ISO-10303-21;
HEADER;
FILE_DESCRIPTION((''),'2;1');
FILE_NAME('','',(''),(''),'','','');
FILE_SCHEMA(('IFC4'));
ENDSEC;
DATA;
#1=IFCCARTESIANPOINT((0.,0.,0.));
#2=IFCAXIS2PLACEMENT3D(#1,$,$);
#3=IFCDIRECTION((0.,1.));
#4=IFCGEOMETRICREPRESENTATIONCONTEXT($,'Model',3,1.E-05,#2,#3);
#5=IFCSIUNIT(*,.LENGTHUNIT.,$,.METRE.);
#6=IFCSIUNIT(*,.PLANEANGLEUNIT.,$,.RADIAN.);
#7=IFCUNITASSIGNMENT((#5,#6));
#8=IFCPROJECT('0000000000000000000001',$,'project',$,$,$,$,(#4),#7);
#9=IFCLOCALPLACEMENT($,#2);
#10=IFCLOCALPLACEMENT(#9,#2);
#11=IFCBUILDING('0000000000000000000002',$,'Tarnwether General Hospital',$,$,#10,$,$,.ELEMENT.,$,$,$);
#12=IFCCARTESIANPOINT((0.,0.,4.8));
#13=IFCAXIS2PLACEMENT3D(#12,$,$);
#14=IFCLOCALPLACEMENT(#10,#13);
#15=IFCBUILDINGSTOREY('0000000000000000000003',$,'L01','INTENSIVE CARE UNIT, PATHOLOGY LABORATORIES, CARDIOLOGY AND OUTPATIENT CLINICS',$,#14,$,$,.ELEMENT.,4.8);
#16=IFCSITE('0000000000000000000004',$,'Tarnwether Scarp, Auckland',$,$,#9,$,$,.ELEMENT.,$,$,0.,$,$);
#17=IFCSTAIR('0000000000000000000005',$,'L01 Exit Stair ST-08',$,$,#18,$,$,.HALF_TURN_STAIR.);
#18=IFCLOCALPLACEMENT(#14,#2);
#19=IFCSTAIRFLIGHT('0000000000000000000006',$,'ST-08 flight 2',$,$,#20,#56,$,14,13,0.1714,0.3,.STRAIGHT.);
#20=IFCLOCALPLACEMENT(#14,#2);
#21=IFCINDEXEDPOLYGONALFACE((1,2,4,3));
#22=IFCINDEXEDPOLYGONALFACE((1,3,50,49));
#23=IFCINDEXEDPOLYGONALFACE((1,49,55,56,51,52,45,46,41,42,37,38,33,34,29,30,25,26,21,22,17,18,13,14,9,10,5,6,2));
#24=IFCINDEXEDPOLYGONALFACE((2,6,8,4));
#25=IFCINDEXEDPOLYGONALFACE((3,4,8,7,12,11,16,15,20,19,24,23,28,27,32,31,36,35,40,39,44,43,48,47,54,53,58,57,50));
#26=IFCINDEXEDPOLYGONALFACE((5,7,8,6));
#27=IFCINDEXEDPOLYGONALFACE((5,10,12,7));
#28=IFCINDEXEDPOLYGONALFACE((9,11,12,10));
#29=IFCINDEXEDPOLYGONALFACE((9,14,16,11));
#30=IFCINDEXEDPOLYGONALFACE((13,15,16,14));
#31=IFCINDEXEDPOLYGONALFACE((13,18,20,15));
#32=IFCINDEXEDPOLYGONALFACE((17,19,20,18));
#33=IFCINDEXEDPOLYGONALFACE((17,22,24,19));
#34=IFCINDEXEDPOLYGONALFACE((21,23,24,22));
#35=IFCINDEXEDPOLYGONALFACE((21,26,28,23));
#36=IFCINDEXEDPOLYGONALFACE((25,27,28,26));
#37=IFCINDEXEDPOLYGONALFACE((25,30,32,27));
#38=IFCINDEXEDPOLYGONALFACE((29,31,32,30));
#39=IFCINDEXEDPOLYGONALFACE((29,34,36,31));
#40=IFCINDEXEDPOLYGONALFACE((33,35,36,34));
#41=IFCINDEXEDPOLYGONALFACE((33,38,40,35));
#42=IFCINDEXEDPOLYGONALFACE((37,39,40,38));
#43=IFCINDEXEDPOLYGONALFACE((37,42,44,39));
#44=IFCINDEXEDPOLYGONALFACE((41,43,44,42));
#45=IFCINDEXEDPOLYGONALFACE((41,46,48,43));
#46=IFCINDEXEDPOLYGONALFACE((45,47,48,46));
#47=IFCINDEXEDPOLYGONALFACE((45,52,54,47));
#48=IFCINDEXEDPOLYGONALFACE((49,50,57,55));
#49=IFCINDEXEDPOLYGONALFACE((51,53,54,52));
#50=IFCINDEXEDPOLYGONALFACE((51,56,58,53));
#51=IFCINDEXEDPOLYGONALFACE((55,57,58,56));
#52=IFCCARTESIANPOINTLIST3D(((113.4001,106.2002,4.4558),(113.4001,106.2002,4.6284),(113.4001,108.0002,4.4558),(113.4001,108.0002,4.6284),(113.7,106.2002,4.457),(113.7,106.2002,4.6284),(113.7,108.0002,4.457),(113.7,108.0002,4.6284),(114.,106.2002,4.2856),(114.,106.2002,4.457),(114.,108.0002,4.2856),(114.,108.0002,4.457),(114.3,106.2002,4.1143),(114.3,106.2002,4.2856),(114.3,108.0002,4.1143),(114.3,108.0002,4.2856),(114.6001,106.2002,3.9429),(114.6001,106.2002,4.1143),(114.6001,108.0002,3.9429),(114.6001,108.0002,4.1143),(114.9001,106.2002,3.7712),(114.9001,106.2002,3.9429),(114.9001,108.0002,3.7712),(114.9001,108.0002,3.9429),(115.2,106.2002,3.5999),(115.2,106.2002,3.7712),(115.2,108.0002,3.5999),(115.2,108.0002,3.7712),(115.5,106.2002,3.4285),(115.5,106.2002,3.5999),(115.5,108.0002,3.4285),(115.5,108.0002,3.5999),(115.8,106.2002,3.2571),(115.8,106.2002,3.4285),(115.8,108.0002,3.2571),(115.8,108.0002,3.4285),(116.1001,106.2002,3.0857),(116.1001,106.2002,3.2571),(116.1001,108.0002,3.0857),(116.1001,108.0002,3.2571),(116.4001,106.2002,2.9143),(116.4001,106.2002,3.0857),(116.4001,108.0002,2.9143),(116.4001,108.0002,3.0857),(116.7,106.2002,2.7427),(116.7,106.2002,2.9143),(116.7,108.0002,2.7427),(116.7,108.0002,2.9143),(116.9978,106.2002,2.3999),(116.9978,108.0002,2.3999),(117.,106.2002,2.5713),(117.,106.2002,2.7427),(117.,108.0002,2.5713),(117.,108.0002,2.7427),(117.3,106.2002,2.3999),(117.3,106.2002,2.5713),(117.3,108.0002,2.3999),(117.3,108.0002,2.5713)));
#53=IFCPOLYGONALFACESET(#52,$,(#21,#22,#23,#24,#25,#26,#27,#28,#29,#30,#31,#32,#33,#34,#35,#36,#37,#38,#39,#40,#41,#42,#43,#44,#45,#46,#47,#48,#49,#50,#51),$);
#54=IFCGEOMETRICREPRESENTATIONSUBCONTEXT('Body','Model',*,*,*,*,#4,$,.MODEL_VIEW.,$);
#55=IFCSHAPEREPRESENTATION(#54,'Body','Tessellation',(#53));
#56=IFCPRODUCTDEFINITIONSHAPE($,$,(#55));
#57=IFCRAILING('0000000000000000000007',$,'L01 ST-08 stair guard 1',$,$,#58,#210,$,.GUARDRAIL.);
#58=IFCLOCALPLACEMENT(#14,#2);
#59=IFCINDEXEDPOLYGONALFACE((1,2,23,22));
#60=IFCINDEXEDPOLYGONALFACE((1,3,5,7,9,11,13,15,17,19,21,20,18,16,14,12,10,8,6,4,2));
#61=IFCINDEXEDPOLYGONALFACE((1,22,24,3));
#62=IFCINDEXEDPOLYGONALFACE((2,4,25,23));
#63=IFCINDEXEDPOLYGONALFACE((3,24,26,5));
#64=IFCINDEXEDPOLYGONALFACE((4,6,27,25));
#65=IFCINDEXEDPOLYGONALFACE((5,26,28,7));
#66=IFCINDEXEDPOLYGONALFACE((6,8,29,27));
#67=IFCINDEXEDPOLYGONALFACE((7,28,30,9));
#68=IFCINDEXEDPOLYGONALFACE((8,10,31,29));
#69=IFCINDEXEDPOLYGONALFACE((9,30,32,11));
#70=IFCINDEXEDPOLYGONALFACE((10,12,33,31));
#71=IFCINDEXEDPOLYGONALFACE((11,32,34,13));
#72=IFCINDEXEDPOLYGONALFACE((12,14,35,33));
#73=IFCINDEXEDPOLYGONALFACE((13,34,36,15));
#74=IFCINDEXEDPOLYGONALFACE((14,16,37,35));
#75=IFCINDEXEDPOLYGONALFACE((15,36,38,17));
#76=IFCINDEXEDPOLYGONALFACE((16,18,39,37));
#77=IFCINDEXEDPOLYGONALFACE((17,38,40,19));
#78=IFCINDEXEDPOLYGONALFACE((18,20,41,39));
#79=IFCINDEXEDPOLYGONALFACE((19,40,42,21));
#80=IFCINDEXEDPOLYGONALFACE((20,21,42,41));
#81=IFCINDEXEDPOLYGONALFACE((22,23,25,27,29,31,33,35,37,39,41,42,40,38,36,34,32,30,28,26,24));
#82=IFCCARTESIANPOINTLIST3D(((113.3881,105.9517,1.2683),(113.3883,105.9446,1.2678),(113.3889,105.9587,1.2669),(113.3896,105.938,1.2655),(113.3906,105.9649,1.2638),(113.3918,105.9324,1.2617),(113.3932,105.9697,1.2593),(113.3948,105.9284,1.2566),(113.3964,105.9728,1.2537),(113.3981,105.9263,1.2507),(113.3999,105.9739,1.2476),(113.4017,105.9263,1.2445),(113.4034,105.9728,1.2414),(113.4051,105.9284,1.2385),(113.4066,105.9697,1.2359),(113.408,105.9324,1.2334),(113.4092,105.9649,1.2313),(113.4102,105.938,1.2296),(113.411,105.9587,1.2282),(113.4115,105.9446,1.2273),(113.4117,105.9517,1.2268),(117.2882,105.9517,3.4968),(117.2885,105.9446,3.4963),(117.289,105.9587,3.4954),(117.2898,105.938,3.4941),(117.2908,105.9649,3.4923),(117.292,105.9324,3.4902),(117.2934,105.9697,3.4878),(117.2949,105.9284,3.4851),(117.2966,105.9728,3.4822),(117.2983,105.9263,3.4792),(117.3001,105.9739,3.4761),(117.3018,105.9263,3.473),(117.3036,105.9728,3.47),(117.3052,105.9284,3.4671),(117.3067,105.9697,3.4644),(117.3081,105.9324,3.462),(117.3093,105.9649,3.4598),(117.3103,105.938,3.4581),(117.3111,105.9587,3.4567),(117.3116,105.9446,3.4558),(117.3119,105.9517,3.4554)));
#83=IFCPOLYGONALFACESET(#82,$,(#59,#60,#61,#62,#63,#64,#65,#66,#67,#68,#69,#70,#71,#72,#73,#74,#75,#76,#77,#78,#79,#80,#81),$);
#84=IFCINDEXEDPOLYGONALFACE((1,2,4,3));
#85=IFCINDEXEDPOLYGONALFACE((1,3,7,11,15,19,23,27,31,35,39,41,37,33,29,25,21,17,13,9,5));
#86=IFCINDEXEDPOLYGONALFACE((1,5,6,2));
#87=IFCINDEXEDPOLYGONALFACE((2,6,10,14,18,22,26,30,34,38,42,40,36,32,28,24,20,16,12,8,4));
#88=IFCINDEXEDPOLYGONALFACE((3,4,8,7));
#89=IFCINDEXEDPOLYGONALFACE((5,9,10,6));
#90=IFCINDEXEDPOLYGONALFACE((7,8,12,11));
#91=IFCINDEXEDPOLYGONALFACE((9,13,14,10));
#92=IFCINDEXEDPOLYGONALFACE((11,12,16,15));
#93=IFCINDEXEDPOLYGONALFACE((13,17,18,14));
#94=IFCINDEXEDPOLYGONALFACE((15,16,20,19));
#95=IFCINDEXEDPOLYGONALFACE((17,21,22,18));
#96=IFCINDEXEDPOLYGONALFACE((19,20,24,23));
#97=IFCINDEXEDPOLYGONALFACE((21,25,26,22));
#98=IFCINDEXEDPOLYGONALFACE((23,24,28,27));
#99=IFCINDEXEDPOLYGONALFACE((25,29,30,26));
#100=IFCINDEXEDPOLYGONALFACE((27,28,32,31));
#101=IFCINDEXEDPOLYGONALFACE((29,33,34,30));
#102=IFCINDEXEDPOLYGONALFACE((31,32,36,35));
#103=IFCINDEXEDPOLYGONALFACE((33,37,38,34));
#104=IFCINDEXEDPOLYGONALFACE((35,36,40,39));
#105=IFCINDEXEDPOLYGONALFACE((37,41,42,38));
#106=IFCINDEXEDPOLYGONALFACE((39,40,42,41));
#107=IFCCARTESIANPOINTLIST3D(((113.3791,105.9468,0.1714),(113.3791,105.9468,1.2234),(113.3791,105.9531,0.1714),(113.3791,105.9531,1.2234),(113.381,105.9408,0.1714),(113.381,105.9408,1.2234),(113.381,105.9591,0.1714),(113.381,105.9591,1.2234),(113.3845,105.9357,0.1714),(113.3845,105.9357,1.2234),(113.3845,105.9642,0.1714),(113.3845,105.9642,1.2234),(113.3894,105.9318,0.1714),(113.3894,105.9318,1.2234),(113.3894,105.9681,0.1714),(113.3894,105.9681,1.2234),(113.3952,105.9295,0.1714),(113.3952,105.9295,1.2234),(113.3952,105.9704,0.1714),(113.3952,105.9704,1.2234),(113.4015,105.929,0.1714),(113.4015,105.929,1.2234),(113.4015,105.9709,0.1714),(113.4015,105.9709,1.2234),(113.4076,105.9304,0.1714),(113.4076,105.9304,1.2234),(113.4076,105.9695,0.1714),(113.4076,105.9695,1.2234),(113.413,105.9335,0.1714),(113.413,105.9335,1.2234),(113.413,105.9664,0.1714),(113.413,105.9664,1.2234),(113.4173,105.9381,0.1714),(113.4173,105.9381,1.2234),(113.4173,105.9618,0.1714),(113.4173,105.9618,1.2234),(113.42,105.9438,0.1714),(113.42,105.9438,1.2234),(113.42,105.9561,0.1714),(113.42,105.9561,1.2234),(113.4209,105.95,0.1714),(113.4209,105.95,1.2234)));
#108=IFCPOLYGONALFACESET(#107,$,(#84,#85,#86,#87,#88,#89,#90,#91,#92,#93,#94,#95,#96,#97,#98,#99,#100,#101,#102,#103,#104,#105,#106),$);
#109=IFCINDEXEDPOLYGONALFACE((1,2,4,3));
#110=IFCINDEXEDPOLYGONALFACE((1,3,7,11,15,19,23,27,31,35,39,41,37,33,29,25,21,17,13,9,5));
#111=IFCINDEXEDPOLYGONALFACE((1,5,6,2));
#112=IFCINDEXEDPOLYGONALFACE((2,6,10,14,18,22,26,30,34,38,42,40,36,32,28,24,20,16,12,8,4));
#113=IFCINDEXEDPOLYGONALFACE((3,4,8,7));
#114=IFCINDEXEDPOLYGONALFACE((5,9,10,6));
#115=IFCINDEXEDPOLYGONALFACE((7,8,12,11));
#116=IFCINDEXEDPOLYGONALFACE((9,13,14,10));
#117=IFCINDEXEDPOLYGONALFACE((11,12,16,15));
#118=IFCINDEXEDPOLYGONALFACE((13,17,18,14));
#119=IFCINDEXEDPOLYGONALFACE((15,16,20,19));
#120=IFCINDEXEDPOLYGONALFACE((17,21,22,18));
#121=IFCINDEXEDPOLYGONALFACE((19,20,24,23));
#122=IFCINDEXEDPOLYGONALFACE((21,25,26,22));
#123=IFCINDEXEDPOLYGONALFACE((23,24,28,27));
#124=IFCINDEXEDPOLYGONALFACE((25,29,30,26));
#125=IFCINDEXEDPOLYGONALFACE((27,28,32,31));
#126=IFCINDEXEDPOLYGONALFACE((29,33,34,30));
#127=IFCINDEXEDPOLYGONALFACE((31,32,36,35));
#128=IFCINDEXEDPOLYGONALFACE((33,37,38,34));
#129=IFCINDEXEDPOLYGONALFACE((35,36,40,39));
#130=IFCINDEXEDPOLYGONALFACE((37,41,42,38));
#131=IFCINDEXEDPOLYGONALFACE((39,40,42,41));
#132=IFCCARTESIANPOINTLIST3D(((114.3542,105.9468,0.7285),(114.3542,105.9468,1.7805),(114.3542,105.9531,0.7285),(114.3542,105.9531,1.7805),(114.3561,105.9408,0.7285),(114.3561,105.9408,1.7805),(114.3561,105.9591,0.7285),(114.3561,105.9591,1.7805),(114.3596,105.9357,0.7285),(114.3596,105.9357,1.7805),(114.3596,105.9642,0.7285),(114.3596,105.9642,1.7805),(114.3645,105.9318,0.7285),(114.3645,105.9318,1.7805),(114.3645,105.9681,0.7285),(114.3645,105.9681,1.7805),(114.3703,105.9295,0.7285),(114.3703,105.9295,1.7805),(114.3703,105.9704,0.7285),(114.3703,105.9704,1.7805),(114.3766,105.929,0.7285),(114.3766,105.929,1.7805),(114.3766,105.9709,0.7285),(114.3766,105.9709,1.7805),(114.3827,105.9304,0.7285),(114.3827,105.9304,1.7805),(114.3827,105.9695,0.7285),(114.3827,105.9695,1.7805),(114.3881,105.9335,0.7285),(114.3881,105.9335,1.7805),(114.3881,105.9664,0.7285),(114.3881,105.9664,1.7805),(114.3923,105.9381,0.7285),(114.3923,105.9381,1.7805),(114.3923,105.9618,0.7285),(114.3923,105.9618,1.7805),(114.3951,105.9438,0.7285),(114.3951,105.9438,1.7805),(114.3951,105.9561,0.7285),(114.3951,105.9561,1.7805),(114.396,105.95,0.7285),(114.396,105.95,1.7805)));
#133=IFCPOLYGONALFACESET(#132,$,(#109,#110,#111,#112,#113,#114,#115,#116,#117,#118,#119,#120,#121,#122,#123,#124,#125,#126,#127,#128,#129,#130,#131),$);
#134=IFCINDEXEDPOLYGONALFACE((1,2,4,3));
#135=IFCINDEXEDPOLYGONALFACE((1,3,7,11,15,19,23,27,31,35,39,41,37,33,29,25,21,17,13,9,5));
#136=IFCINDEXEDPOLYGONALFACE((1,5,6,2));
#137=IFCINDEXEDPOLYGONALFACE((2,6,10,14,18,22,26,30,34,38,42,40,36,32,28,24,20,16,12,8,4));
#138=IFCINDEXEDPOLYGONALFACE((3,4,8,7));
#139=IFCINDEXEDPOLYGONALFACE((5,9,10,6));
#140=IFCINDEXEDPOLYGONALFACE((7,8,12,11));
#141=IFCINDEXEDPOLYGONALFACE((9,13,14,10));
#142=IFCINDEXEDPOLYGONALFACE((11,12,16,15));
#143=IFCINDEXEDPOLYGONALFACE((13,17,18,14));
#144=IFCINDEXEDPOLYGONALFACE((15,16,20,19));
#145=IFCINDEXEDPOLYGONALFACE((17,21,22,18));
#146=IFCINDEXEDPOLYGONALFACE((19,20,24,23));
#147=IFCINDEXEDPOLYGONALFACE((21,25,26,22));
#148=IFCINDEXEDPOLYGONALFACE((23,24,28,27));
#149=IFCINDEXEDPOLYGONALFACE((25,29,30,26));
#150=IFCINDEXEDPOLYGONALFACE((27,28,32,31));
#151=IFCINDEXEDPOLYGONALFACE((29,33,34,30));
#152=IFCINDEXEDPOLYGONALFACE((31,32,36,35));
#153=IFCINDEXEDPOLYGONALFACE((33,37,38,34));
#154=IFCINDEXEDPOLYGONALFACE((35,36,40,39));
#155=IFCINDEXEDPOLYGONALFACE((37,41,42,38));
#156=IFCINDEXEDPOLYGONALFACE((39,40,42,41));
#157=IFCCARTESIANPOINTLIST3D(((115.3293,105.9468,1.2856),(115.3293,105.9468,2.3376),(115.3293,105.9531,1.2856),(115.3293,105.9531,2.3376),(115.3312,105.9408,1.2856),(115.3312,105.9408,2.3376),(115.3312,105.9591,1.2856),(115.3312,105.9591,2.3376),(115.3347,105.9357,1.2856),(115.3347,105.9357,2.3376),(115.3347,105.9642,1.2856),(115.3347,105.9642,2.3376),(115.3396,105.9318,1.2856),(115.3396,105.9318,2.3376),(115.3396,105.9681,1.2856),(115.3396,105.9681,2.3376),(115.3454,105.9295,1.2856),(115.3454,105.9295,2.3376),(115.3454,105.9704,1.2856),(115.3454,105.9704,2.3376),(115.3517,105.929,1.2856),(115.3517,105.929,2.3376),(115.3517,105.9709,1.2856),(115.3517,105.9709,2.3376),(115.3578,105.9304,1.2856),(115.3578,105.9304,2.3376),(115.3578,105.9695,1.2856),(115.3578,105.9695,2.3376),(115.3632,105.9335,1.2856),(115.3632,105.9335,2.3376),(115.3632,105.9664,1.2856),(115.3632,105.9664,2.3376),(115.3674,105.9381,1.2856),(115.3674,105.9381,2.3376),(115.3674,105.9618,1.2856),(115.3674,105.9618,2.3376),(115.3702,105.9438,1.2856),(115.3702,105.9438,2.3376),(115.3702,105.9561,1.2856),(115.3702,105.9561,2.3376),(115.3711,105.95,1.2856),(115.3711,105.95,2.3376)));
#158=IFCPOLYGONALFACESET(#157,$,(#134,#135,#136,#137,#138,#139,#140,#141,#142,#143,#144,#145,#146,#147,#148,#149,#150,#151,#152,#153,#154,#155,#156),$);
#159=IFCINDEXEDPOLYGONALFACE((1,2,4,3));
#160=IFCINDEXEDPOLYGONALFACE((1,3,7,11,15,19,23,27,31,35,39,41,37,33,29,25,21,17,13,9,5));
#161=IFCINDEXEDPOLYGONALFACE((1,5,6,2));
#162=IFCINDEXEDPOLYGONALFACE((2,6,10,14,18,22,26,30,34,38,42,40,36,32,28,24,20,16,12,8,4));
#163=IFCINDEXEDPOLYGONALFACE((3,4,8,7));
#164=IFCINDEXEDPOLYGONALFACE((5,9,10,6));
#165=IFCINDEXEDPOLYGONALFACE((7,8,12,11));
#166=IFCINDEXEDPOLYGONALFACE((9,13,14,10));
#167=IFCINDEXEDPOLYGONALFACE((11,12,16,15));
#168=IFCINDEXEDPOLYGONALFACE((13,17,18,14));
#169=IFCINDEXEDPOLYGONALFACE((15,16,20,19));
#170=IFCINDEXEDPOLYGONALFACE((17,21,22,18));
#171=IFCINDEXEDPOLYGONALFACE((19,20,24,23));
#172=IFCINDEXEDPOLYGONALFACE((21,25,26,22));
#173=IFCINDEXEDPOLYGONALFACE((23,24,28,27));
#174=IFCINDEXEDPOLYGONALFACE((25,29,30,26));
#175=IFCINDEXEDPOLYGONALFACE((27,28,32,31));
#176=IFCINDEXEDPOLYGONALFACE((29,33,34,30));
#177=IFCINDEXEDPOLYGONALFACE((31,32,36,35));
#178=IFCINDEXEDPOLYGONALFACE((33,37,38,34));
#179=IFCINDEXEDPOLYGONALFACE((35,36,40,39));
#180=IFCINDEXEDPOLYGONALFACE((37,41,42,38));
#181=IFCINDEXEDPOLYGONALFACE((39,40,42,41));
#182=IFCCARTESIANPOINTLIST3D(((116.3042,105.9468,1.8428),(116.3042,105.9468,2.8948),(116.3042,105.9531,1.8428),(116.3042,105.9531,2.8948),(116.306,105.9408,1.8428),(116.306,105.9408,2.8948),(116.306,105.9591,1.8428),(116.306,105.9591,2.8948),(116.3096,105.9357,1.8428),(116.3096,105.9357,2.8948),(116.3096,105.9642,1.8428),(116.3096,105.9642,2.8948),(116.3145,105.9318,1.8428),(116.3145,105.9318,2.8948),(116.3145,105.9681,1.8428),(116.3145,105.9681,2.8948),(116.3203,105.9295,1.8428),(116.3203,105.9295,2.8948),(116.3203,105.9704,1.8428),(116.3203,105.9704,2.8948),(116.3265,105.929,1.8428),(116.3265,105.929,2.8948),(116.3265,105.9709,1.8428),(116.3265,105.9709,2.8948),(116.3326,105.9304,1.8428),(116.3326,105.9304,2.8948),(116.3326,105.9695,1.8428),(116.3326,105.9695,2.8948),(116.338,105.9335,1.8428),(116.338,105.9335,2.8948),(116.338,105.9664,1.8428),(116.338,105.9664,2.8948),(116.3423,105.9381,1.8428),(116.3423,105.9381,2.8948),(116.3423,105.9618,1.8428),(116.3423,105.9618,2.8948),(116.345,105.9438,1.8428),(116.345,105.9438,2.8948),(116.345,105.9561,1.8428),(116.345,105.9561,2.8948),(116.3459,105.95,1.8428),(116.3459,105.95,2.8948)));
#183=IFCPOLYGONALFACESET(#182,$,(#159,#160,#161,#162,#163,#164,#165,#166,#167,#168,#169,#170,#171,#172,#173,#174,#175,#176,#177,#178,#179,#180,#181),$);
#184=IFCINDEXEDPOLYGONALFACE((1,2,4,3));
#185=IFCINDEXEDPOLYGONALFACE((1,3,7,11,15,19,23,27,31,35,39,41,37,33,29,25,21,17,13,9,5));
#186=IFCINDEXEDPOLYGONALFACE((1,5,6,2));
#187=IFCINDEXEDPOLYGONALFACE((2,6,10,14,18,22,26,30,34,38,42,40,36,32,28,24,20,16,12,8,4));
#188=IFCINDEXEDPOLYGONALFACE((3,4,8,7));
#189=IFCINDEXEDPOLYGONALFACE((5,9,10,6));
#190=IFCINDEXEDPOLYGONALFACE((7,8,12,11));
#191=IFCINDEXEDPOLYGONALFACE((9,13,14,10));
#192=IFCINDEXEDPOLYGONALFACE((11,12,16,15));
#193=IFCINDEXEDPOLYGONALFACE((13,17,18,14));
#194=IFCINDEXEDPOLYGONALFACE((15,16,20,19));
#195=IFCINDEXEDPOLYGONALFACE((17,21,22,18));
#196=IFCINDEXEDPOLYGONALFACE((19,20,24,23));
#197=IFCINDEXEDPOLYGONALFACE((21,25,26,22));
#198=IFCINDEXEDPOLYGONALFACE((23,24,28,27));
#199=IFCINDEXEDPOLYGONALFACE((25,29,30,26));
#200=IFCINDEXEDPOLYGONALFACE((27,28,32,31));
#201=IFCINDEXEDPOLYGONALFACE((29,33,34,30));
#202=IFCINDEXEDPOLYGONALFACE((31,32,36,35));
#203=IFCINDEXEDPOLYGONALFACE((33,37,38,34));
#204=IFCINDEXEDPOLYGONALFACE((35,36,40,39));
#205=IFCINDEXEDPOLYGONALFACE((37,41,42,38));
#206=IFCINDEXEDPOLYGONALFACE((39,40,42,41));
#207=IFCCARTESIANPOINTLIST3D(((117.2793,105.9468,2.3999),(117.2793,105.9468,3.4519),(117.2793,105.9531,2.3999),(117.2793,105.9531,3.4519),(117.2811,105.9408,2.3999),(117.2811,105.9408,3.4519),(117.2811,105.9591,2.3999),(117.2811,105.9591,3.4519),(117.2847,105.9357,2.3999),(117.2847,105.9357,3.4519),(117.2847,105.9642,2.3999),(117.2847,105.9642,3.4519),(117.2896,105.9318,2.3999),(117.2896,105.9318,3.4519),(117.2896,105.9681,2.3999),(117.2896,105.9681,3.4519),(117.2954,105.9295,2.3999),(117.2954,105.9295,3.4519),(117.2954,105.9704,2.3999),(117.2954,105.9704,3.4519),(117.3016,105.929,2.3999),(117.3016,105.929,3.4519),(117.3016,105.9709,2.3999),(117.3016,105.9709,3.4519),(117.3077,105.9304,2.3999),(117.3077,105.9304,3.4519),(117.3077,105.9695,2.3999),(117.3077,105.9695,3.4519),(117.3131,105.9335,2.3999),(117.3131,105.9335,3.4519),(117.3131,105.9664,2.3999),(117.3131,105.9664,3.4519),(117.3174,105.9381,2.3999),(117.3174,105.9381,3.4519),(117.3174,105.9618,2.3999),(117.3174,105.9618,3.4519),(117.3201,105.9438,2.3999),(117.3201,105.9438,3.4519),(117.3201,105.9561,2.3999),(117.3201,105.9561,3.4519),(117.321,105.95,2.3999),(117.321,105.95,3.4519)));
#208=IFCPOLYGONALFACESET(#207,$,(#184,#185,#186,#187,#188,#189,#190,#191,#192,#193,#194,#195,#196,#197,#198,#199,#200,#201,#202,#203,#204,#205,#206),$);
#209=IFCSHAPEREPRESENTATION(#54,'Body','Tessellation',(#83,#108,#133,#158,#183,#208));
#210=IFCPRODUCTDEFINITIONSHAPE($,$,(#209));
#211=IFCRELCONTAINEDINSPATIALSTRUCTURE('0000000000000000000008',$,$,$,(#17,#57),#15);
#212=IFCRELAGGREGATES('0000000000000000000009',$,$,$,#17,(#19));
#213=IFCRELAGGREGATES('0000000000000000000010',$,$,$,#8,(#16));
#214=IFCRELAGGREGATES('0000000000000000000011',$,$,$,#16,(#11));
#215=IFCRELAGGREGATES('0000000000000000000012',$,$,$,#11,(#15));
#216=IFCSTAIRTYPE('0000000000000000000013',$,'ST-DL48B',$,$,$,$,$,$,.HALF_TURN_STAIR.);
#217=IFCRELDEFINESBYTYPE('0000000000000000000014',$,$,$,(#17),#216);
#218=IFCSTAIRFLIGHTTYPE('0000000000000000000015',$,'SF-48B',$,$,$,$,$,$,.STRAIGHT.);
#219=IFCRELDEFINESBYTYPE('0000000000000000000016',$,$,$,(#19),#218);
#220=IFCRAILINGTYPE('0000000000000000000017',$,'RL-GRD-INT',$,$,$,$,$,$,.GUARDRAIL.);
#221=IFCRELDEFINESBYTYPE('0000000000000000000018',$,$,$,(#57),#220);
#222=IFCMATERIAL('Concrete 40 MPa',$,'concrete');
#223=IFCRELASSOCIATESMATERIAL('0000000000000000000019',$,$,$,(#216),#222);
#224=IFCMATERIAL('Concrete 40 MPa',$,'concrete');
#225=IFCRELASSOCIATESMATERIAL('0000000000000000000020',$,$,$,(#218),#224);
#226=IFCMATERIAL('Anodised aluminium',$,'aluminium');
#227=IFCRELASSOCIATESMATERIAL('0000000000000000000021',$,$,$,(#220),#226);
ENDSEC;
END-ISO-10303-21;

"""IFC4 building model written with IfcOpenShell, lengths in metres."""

from ifc_helpers import new_model, si_unit, direction, frame, origin, origin_2d, place, context, subcontext, project, spatial, polyline, circle, outline, extrude, material, type_object, element, aggregate, save


model = new_model("IFC4")

# Units and contexts
model_context = context("Model", 3, precision=1e-05, world=origin(), true_north=direction((0.0, 1.0)))
body_context = subcontext(model_context, "Body", "Model", "MODEL_VIEW")
ifc_project = project(units=[si_unit("LENGTHUNIT", "METRE"), si_unit("PLANEANGLEUNIT", "RADIAN")], contexts=[model_context])

# Site, building, storey
site_placement = place(None, origin())
site = spatial("IfcSite", under=ifc_project, at=site_placement, Name="Tarnwether Scarp, Auckland", CompositionType="ELEMENT", RefElevation=0.0)
building_placement = place(site_placement, origin())
building = spatial("IfcBuilding", under=site, at=building_placement, Name="Tarnwether General Hospital", CompositionType="ELEMENT")
storey_placement = place(building_placement, frame((0.0, 0.0, 4.8)))
storey = spatial("IfcBuildingStorey", under=building, at=storey_placement, Name="L01", Description="INTENSIVE CARE UNIT, PATHOLOGY LABORATORIES, CARDIOLOGY AND OUTPATIENT CLINICS", CompositionType="ELEMENT", Elevation=4.8)

# Stair, stair flight
ifc_material_1 = material(Name="Concrete 40 MPa", Category="concrete")
stair_type = type_object("IfcStairType", Name="ST-DL48B", PredefinedType="HALF_TURN_STAIR", material=ifc_material_1)
stair_placement = place(storey_placement, origin())
stair = element("IfcStair", 1, at=stair_placement, inside=storey, type_object=stair_type, Name="L01 Exit Stair ST-08", PredefinedType="HALF_TURN_STAIR")
ifc_material_2 = material(Name="Concrete 40 MPa", Category="concrete")
stair_flight_type = type_object("IfcStairFlightType", Name="SF-48B", PredefinedType="STRAIGHT", material=ifc_material_2)
stair_flight_1_placement = place(storey_placement, frame((117.3, 107.1001, 2.3999), z_axis=(0.0, 0.0, 1.0), x_axis=(-1.0, 0.0, 0.0)))
stair_flight_1 = element("IfcStairFlight", 2, at=stair_flight_1_placement, type_object=stair_flight_type, Name="ST-08 flight 2", NumberOfRisers=14, NumberOfTreads=13, PredefinedType="STRAIGHT", RiserHeight=0.1714, TreadLength=0.3, context=body_context, shape_type="SweptSolid", body=[
    extrude(outline(polyline([(0.0, 0.0), (0.0, 0.1714), (0.3, 0.1714), (0.3, 0.3428), (0.6001, 0.3428), (0.6001, 0.5144), (0.8999, 0.5144), (0.8999, 0.6858), (1.2, 0.6858), (1.2, 0.8572), (1.5, 0.8572), (1.5, 1.0286), (1.8, 1.0286), (1.8, 1.2), (2.1001, 1.2), (2.1001, 1.3713), (2.3999, 1.3713), (2.3999, 1.543), (2.7, 1.543), (2.7, 1.7144), (3.0, 1.7144), (3.0, 1.8857), (3.3, 1.8857), (3.3, 2.0571), (3.6001, 2.0571), (3.6001, 2.2285), (3.8999, 2.2285), (3.8999, 2.3999), (3.8999, 2.0559), (0.3022, 0.0), (0.0, 0.0)])), frame((0.0, 0.8999, 0.0), z_axis=(0.0, -1.0, 0.0), x_axis=(1.0, 0.0, 0.0)), (0.0, 0.0, 1.0), 1.8),
])
aggregate(stair, [stair_flight_1])

# Railing
ifc_material_3 = material(Name="Anodised aluminium", Category="aluminium")
railing_type_1 = type_object("IfcRailingType", Name="RL-GRD-INT", PredefinedType="GUARDRAIL", material=ifc_material_3)
railing_1_placement = place(storey_placement, frame((113.3999, 105.95, 0.1714)))
element("IfcRailing", 3, at=railing_1_placement, inside=storey, type_object=railing_type_1, Name="L01 ST-08 stair guard 1", PredefinedType="GUARDRAIL", context=body_context, shape_type="SweptSolid", body=[
    extrude(circle(Radius=0.0239, at=origin_2d()), frame((0.0, 0.0, 1.0762), z_axis=(0.868257, 0.0, 0.496116), x_axis=(0.0, 1.0, 0.0)), (0.0, 0.0, 1.0), 4.4919),
    extrude(circle(Radius=0.021, at=origin_2d()), origin(), (0.0, 0.0, 1.0), 1.052),
    extrude(circle(Radius=0.021, at=origin_2d()), frame((0.9751, 0.0, 0.5571)), (0.0, 0.0, 1.0), 1.052),
    extrude(circle(Radius=0.021, at=origin_2d()), frame((1.9502, 0.0, 1.1143)), (0.0, 0.0, 1.0), 1.052),
    extrude(circle(Radius=0.021, at=origin_2d()), frame((2.925, 0.0, 1.6714)), (0.0, 0.0, 1.0), 1.052),
    extrude(circle(Radius=0.021, at=origin_2d()), frame((3.9001, 0.0, 2.2285)), (0.0, 0.0, 1.0), 1.052),
])

save(model, "model.ifc")
